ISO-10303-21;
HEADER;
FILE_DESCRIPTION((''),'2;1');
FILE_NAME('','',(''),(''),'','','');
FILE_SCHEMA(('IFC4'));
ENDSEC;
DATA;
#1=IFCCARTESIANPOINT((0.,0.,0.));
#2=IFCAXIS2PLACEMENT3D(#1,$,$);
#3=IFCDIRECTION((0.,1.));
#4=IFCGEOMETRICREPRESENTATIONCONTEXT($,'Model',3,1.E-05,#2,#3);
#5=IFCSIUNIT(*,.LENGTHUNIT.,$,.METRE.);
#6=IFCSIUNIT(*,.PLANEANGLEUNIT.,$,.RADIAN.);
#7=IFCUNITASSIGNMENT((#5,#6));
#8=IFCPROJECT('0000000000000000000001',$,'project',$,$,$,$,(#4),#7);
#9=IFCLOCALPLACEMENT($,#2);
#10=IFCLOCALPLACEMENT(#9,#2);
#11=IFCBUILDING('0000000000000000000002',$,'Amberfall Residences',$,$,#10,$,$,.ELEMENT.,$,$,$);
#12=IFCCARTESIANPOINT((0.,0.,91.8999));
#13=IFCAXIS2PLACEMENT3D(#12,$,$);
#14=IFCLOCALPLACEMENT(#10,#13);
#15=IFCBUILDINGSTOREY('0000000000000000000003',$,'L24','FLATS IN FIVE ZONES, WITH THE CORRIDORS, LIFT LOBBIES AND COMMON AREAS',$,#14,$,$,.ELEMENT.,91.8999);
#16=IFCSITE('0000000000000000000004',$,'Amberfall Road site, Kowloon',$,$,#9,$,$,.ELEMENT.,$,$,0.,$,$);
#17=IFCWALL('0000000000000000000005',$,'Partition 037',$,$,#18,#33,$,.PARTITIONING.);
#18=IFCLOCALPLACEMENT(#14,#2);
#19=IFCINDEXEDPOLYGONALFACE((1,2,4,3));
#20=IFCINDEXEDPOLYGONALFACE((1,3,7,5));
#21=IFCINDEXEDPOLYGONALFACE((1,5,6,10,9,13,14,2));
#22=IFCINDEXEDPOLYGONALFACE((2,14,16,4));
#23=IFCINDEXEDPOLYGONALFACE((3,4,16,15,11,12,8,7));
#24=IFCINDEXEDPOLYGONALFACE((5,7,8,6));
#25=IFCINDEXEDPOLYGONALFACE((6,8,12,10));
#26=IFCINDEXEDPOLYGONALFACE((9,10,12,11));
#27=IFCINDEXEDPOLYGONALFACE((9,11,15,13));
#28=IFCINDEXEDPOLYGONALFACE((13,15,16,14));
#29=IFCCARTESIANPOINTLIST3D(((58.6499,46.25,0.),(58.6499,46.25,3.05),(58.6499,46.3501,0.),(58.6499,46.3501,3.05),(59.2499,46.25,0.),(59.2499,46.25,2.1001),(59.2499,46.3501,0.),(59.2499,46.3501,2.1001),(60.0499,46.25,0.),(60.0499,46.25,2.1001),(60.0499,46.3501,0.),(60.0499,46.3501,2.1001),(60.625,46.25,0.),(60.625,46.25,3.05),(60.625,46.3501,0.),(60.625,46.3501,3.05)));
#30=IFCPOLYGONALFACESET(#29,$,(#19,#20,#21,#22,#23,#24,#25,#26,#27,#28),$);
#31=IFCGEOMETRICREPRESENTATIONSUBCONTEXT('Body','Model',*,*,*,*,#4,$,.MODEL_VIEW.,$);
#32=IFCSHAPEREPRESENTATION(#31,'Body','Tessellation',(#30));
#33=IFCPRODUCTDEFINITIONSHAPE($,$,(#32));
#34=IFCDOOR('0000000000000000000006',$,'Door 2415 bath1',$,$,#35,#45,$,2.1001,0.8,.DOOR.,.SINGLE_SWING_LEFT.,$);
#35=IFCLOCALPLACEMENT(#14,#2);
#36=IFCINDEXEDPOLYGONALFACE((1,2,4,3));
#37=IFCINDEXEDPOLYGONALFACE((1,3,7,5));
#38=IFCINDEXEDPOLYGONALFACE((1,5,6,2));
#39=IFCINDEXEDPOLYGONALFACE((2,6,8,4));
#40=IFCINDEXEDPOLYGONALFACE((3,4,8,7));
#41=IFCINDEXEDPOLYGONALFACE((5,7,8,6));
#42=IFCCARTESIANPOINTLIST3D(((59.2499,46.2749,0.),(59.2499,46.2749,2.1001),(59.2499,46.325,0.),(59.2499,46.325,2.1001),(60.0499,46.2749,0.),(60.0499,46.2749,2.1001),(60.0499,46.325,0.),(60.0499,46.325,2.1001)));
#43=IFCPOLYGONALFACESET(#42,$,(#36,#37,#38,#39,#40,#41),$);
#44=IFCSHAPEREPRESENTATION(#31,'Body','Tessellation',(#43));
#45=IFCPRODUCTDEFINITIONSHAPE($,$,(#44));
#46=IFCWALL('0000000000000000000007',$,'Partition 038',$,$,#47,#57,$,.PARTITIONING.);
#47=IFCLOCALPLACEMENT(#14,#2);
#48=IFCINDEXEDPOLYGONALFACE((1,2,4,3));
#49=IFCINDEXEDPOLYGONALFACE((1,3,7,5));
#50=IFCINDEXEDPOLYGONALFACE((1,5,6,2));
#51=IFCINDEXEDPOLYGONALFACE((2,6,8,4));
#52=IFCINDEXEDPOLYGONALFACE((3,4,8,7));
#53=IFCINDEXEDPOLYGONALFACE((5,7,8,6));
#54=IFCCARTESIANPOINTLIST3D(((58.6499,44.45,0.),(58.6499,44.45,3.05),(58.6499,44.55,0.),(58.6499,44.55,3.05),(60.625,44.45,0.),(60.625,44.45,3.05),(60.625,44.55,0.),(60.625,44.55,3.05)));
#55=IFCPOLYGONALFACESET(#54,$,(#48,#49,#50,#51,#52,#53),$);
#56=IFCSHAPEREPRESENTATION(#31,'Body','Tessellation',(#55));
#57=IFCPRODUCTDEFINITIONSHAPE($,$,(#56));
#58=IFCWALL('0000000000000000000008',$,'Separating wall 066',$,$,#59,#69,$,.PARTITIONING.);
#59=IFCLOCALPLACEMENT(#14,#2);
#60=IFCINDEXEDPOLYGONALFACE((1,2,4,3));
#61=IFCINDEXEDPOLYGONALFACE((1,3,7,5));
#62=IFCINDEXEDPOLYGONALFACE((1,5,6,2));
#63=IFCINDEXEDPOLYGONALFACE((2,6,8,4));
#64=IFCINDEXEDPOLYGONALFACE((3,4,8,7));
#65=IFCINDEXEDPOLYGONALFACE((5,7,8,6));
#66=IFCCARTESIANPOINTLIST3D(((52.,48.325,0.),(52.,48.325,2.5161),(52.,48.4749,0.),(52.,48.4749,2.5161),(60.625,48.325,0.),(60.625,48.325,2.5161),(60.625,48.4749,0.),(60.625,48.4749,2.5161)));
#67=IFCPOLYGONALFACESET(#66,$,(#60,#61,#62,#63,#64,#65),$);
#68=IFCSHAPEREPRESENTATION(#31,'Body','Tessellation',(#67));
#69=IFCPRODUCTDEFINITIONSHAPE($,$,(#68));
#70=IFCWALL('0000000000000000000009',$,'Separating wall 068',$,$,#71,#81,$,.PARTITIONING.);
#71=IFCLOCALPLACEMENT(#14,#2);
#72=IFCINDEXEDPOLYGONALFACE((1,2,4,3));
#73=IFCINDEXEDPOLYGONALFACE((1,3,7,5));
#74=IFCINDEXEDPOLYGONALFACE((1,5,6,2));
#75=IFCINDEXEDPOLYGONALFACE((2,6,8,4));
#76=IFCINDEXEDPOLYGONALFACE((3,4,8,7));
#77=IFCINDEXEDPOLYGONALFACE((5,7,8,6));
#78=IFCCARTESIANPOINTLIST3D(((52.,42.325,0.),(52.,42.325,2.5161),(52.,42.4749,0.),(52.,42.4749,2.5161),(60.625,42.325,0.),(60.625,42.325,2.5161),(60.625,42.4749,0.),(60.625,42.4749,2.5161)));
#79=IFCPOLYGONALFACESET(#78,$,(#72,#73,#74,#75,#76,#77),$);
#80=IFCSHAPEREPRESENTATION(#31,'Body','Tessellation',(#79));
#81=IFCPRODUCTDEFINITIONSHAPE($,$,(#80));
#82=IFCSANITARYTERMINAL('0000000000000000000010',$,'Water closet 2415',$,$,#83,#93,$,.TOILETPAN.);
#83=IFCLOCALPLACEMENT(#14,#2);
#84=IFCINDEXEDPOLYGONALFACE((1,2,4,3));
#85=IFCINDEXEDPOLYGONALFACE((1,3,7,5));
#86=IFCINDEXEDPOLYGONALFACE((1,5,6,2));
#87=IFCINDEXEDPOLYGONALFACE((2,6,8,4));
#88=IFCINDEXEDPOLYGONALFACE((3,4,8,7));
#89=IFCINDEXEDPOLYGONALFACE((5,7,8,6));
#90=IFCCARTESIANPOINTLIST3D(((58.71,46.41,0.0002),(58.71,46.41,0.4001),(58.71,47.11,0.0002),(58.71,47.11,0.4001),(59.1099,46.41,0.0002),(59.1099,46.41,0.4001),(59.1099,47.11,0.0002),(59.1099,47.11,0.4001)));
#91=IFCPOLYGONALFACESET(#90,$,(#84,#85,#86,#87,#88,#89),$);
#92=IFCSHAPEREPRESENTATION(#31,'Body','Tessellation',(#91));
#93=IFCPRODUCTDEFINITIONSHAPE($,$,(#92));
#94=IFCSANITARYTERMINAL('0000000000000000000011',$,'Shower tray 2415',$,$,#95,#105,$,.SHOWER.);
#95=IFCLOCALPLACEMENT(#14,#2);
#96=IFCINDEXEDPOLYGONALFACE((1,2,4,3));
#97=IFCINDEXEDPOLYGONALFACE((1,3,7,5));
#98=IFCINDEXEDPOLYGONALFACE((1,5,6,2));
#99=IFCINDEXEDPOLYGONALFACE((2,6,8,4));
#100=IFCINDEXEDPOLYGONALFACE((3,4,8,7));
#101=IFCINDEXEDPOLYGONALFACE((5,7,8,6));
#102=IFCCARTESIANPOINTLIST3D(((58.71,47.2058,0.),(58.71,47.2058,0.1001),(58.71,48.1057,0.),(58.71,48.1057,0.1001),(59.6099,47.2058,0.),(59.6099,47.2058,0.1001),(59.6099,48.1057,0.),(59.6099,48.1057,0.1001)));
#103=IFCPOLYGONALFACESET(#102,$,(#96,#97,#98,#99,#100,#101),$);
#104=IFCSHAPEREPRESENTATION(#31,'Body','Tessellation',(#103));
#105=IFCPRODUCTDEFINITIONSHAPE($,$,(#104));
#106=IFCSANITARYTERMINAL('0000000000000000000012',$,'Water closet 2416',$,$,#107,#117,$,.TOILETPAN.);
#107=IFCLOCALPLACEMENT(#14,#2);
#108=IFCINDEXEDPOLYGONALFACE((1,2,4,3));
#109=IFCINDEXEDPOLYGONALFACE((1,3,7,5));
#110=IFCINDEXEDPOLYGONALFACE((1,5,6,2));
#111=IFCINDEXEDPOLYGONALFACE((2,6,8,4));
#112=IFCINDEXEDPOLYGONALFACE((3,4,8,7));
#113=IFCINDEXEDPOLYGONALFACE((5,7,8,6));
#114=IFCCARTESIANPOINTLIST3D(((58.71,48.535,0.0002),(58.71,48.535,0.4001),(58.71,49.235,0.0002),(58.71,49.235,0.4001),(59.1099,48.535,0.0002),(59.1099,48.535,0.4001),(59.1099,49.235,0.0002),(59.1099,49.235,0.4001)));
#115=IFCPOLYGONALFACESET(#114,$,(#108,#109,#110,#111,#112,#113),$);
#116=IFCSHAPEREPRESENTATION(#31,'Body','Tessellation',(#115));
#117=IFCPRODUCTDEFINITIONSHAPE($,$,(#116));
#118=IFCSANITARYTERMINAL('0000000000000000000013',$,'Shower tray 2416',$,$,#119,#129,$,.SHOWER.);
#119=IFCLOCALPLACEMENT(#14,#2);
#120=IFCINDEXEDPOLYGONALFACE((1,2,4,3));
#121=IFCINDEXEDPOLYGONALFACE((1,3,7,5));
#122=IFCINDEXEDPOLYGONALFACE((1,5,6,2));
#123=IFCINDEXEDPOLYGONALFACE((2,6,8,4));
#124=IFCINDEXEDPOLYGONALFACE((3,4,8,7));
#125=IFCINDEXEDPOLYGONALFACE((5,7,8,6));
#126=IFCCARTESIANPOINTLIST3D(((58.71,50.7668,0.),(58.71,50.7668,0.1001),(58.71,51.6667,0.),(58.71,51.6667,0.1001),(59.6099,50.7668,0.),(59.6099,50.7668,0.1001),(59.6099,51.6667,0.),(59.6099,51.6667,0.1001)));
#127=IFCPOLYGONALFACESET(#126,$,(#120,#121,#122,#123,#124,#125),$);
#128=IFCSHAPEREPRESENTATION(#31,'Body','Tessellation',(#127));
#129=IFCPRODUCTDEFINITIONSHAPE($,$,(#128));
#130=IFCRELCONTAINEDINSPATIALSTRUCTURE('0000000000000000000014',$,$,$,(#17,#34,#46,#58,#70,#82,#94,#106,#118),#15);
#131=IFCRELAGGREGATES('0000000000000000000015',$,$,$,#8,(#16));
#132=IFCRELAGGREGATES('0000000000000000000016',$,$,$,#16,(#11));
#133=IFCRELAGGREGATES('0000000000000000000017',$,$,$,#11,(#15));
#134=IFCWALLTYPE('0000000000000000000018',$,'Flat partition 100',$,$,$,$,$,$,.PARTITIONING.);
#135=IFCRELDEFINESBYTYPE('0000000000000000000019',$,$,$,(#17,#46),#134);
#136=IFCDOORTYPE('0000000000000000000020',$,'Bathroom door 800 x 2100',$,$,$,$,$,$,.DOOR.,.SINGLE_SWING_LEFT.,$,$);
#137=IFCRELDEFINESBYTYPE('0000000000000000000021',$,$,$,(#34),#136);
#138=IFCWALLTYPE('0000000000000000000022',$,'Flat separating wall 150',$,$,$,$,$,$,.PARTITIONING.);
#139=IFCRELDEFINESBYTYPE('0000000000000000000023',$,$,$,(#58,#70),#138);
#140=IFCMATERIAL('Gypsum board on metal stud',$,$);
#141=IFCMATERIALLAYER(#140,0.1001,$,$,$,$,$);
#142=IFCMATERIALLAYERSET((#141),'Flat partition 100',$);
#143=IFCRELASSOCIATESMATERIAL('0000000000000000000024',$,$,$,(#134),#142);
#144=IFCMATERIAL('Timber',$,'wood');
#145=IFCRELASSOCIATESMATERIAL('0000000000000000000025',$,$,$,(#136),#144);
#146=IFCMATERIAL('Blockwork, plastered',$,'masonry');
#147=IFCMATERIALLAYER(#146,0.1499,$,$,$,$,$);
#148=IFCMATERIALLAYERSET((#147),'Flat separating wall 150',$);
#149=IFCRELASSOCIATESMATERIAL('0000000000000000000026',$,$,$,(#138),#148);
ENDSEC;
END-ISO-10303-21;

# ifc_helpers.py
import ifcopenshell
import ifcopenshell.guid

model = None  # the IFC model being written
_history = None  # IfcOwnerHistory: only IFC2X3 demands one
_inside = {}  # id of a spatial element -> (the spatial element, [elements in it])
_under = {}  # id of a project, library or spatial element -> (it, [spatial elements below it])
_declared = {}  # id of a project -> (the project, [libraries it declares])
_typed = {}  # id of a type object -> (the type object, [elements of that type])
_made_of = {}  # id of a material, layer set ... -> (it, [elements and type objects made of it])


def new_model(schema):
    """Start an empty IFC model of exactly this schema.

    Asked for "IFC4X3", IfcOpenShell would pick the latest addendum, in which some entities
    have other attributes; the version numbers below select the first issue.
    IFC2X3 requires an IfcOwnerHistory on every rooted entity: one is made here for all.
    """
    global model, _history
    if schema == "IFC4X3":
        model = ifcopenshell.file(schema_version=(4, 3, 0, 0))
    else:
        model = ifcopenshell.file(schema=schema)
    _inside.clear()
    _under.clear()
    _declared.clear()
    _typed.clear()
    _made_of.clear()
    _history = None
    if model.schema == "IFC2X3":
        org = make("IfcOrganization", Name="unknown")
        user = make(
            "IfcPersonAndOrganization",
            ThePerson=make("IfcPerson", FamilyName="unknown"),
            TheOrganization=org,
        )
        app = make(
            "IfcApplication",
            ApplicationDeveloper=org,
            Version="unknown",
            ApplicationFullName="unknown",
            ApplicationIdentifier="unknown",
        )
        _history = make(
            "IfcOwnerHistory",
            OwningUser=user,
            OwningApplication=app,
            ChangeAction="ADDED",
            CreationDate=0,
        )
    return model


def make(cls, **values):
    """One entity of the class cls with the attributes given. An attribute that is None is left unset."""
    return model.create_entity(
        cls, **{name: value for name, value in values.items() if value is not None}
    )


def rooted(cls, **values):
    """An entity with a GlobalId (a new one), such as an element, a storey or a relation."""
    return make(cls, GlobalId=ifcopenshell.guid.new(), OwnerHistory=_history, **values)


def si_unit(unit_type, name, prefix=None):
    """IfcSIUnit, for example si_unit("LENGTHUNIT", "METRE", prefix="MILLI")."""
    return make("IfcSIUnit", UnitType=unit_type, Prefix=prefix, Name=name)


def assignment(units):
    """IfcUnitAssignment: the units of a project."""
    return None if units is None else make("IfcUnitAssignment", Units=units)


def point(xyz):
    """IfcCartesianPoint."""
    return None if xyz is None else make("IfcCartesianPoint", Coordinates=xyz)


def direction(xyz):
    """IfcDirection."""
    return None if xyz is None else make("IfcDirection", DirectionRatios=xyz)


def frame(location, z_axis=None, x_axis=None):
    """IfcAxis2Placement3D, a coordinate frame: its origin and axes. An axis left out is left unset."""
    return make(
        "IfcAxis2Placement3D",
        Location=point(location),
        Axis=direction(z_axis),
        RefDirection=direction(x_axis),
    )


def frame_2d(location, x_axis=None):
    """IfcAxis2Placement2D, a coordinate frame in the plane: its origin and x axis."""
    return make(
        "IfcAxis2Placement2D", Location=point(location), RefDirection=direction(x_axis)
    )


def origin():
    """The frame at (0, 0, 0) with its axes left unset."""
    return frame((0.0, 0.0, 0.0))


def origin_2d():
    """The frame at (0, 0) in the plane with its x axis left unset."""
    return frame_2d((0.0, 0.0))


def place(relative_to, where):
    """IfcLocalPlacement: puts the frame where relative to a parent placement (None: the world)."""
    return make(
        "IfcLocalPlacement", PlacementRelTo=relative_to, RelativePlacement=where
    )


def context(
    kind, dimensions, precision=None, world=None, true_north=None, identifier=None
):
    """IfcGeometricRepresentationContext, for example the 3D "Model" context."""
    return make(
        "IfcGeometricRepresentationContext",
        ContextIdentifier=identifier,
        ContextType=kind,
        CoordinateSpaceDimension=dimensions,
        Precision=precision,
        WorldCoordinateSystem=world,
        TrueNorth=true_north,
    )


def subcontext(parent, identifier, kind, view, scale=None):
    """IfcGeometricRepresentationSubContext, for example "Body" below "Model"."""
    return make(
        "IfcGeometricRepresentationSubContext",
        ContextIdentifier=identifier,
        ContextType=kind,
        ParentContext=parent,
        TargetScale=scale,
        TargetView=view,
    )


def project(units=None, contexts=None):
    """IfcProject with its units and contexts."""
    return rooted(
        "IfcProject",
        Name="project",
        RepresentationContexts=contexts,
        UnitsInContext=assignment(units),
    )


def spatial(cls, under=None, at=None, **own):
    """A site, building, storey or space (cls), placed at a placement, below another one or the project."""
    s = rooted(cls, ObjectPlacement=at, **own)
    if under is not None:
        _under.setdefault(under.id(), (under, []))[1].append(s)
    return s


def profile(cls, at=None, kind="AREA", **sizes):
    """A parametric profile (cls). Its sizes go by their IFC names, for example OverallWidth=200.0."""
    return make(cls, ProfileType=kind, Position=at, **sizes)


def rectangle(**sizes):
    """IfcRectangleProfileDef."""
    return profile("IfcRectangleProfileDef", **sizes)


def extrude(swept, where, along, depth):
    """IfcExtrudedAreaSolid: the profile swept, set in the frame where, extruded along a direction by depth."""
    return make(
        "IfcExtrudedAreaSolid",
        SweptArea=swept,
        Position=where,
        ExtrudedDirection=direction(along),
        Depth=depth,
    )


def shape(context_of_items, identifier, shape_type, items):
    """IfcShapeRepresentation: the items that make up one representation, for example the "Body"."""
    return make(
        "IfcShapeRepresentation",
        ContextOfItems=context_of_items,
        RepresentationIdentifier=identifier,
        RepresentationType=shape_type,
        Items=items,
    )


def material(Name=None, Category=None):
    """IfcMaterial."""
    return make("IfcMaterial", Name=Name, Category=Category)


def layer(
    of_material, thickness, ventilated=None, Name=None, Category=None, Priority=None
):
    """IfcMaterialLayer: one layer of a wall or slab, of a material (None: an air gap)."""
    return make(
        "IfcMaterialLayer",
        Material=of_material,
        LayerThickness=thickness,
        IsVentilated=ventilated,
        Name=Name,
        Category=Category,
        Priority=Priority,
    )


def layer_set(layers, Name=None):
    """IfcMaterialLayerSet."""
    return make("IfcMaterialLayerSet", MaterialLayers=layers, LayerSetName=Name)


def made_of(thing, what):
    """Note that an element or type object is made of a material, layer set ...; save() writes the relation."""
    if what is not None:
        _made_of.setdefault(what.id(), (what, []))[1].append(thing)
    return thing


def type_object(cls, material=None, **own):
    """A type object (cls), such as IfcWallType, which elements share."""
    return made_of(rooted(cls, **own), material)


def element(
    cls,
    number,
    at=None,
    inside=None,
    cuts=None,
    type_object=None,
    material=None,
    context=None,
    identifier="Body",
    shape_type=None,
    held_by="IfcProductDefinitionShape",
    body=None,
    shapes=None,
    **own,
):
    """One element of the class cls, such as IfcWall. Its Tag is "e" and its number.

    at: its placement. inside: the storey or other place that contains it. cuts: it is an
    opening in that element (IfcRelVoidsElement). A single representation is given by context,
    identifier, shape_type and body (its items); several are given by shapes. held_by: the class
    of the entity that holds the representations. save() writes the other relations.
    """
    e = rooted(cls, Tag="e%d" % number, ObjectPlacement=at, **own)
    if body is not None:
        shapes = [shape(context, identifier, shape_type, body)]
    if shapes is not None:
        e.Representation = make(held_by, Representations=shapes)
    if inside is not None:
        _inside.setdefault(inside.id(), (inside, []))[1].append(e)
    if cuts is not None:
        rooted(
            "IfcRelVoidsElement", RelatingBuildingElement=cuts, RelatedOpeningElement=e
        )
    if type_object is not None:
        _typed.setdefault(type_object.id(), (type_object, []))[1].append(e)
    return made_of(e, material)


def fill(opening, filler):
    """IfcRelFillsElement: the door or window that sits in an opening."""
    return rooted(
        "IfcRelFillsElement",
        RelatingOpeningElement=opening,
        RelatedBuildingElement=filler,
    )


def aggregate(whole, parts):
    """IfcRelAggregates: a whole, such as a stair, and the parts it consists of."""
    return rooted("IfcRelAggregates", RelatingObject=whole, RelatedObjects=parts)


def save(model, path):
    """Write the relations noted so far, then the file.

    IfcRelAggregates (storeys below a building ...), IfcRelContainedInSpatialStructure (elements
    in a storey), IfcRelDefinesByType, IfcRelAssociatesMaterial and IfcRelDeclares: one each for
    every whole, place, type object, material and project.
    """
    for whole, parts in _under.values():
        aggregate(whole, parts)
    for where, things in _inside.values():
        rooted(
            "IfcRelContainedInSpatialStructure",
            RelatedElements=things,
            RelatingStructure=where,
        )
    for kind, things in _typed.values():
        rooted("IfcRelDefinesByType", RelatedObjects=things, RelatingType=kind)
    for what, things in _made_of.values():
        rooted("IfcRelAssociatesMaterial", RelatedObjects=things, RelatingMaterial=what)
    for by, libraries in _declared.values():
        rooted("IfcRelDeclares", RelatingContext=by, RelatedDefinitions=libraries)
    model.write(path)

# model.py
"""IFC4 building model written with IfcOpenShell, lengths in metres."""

from ifc_helpers import new_model, si_unit, direction, frame, frame_2d, origin, origin_2d, place, context, subcontext, project, spatial, rectangle, extrude, material, layer, layer_set, type_object, element, fill, save


model = new_model("IFC4")

# Units and contexts
model_context = context("Model", 3, precision=1e-05, world=origin(), true_north=direction((0.0, 1.0)))
body_context = subcontext(model_context, "Body", "Model", "MODEL_VIEW")
ifc_project = project(units=[si_unit("LENGTHUNIT", "METRE"), si_unit("PLANEANGLEUNIT", "RADIAN")], contexts=[model_context])

# Site, building, storey
site_placement = place(None, origin())
site = spatial("IfcSite", under=ifc_project, at=site_placement, Name="Amberfall Road site, Kowloon", CompositionType="ELEMENT", RefElevation=0.0)
building_placement = place(site_placement, origin())
building = spatial("IfcBuilding", under=site, at=building_placement, Name="Amberfall Residences", CompositionType="ELEMENT")
storey_placement = place(building_placement, frame((0.0, 0.0, 91.8999)))
storey = spatial("IfcBuildingStorey", under=building, at=storey_placement, Name="L24", Description="FLATS IN FIVE ZONES, WITH THE CORRIDORS, LIFT LOBBIES AND COMMON AREAS", CompositionType="ELEMENT", Elevation=91.8999)

# Shared definitions
ifc_material_1 = material(Name="Gypsum board on metal stud")
ifc_layer_1 = layer(ifc_material_1, 0.1001)
ifc_layer_set_1 = layer_set([ifc_layer_1], Name="Flat partition 100")
wall_type_1 = type_object("IfcWallType", Name="Flat partition 100", PredefinedType="PARTITIONING", material=ifc_layer_set_1)
ifc_material_2 = material(Name="Timber", Category="wood")

# Wall, opening, door
wall_1_placement = place(storey_placement, frame((58.6499, 46.3, 0.0), z_axis=(0.0, 0.0, 1.0), x_axis=(1.0, 0.0, 0.0)))
wall_1 = element("IfcWall", 1, at=wall_1_placement, inside=storey, type_object=wall_type_1, Name="Partition 037", PredefinedType="PARTITIONING", context=body_context, shape_type="SweptSolid", body=[
    extrude(rectangle(XDim=1.9751, YDim=0.1001, at=frame_2d((0.9875, 0.0))), origin(), (0.0, 0.0, 1.0), 3.05),
])
opening_1_placement = place(wall_1_placement, frame((0.6001, 0.0, 0.0)))
opening_1 = element("IfcOpeningElement", 2, at=opening_1_placement, cuts=wall_1, PredefinedType="OPENING", context=body_context, shape_type="SweptSolid", body=[
    extrude(rectangle(XDim=0.8, YDim=2.1001, at=frame_2d((0.3999, 1.05))), frame((0.0, 0.0601, 0.0), z_axis=(0.0, -1.0, 0.0), x_axis=(1.0, 0.0, 0.0)), (0.0, 0.0, 1.0), 0.1201),
])
door_type_1 = type_object("IfcDoorType", Name="Bathroom door 800 x 2100", OperationType="SINGLE_SWING_LEFT", PredefinedType="DOOR", material=ifc_material_2)
door_1_placement = place(opening_1_placement, origin())
door_1 = element("IfcDoor", 3, at=door_1_placement, inside=storey, type_object=door_type_1, Name="Door 2415 bath1", OperationType="SINGLE_SWING_LEFT", OverallHeight=2.1001, OverallWidth=0.8, PredefinedType="DOOR", context=body_context, shape_type="SweptSolid", body=[
    extrude(rectangle(XDim=0.8, YDim=2.1001, at=frame_2d((0.3999, 1.05))), frame((0.0, 0.0249, 0.0), z_axis=(0.0, -1.0, 0.0), x_axis=(1.0, 0.0, 0.0)), (0.0, 0.0, 1.0), 0.05),
])
fill(opening_1, door_1)

# Walls
wall_2_placement = place(storey_placement, frame((58.6499, 44.5, 0.0), z_axis=(0.0, 0.0, 1.0), x_axis=(1.0, 0.0, 0.0)))
element("IfcWall", 4, at=wall_2_placement, inside=storey, type_object=wall_type_1, Name="Partition 038", PredefinedType="PARTITIONING", context=body_context, shape_type="SweptSolid", body=[
    extrude(rectangle(XDim=1.9751, YDim=0.1001, at=frame_2d((0.9875, 0.0))), origin(), (0.0, 0.0, 1.0), 3.05),
])
ifc_material_3 = material(Name="Blockwork, plastered", Category="masonry")
ifc_layer_2 = layer(ifc_material_3, 0.1499)
ifc_layer_set_2 = layer_set([ifc_layer_2], Name="Flat separating wall 150")
wall_type_2 = type_object("IfcWallType", Name="Flat separating wall 150", PredefinedType="PARTITIONING", material=ifc_layer_set_2)
for number, where, z_axis, x_axis, name in (
    (5, (52.0, 48.3999, 0.0), (0.0, 0.0, 1.0), (1.0, 0.0, 0.0), "Separating wall 066"),
    (6, (52.0, 42.3999, 0.0), (0.0, 0.0, 1.0), (1.0, 0.0, 0.0), "Separating wall 068"),
):
    element("IfcWall", number, at=place(storey_placement, frame(where, z_axis=z_axis, x_axis=x_axis)), inside=storey, type_object=wall_type_2, Name=name, PredefinedType="PARTITIONING", context=body_context, shape_type="SweptSolid", body=[
        extrude(rectangle(XDim=8.625, YDim=0.1499, at=frame_2d((4.3125, 0.0))), origin(), (0.0, 0.0, 1.0), 2.5161),
    ])

# Sanitary terminals
sanitary_terminal_1_placement = place(storey_placement, frame((58.9099, 46.76, 0.0002), z_axis=(0.0, 0.0, 1.0), x_axis=(1.0, 0.0, 0.0)))
element("IfcSanitaryTerminal", 7, at=sanitary_terminal_1_placement, inside=storey, Name="Water closet 2415", PredefinedType="TOILETPAN", context=body_context, shape_type="SweptSolid", body=[
    extrude(rectangle(XDim=0.3999, YDim=0.7, at=origin_2d()), origin(), (0.0, 0.0, 1.0), 0.3999),
])
sanitary_terminal_2_placement = place(storey_placement, frame((59.1599, 47.6558, 0.0), z_axis=(0.0, 0.0, 1.0), x_axis=(1.0, 0.0, 0.0)))
element("IfcSanitaryTerminal", 8, at=sanitary_terminal_2_placement, inside=storey, Name="Shower tray 2415", PredefinedType="SHOWER", context=body_context, shape_type="SweptSolid", body=[
    extrude(rectangle(XDim=0.8999, YDim=0.8999, at=origin_2d()), origin(), (0.0, 0.0, 1.0), 0.1001),
])
sanitary_terminal_3_placement = place(storey_placement, frame((58.9099, 48.885, 0.0002), z_axis=(0.0, 0.0, 1.0), x_axis=(1.0, 0.0, 0.0)))
element("IfcSanitaryTerminal", 9, at=sanitary_terminal_3_placement, inside=storey, Name="Water closet 2416", PredefinedType="TOILETPAN", context=body_context, shape_type="SweptSolid", body=[
    extrude(rectangle(XDim=0.3999, YDim=0.7, at=origin_2d()), origin(), (0.0, 0.0, 1.0), 0.3999),
])
sanitary_terminal_4_placement = place(storey_placement, frame((59.1599, 51.2168, 0.0), z_axis=(0.0, 0.0, 1.0), x_axis=(1.0, 0.0, 0.0)))
element("IfcSanitaryTerminal", 10, at=sanitary_terminal_4_placement, inside=storey, Name="Shower tray 2416", PredefinedType="SHOWER", context=body_context, shape_type="SweptSolid", body=[
    extrude(rectangle(XDim=0.8999, YDim=0.8999, at=origin_2d()), origin(), (0.0, 0.0, 1.0), 0.1001),
])

save(model, "model.ifc")
